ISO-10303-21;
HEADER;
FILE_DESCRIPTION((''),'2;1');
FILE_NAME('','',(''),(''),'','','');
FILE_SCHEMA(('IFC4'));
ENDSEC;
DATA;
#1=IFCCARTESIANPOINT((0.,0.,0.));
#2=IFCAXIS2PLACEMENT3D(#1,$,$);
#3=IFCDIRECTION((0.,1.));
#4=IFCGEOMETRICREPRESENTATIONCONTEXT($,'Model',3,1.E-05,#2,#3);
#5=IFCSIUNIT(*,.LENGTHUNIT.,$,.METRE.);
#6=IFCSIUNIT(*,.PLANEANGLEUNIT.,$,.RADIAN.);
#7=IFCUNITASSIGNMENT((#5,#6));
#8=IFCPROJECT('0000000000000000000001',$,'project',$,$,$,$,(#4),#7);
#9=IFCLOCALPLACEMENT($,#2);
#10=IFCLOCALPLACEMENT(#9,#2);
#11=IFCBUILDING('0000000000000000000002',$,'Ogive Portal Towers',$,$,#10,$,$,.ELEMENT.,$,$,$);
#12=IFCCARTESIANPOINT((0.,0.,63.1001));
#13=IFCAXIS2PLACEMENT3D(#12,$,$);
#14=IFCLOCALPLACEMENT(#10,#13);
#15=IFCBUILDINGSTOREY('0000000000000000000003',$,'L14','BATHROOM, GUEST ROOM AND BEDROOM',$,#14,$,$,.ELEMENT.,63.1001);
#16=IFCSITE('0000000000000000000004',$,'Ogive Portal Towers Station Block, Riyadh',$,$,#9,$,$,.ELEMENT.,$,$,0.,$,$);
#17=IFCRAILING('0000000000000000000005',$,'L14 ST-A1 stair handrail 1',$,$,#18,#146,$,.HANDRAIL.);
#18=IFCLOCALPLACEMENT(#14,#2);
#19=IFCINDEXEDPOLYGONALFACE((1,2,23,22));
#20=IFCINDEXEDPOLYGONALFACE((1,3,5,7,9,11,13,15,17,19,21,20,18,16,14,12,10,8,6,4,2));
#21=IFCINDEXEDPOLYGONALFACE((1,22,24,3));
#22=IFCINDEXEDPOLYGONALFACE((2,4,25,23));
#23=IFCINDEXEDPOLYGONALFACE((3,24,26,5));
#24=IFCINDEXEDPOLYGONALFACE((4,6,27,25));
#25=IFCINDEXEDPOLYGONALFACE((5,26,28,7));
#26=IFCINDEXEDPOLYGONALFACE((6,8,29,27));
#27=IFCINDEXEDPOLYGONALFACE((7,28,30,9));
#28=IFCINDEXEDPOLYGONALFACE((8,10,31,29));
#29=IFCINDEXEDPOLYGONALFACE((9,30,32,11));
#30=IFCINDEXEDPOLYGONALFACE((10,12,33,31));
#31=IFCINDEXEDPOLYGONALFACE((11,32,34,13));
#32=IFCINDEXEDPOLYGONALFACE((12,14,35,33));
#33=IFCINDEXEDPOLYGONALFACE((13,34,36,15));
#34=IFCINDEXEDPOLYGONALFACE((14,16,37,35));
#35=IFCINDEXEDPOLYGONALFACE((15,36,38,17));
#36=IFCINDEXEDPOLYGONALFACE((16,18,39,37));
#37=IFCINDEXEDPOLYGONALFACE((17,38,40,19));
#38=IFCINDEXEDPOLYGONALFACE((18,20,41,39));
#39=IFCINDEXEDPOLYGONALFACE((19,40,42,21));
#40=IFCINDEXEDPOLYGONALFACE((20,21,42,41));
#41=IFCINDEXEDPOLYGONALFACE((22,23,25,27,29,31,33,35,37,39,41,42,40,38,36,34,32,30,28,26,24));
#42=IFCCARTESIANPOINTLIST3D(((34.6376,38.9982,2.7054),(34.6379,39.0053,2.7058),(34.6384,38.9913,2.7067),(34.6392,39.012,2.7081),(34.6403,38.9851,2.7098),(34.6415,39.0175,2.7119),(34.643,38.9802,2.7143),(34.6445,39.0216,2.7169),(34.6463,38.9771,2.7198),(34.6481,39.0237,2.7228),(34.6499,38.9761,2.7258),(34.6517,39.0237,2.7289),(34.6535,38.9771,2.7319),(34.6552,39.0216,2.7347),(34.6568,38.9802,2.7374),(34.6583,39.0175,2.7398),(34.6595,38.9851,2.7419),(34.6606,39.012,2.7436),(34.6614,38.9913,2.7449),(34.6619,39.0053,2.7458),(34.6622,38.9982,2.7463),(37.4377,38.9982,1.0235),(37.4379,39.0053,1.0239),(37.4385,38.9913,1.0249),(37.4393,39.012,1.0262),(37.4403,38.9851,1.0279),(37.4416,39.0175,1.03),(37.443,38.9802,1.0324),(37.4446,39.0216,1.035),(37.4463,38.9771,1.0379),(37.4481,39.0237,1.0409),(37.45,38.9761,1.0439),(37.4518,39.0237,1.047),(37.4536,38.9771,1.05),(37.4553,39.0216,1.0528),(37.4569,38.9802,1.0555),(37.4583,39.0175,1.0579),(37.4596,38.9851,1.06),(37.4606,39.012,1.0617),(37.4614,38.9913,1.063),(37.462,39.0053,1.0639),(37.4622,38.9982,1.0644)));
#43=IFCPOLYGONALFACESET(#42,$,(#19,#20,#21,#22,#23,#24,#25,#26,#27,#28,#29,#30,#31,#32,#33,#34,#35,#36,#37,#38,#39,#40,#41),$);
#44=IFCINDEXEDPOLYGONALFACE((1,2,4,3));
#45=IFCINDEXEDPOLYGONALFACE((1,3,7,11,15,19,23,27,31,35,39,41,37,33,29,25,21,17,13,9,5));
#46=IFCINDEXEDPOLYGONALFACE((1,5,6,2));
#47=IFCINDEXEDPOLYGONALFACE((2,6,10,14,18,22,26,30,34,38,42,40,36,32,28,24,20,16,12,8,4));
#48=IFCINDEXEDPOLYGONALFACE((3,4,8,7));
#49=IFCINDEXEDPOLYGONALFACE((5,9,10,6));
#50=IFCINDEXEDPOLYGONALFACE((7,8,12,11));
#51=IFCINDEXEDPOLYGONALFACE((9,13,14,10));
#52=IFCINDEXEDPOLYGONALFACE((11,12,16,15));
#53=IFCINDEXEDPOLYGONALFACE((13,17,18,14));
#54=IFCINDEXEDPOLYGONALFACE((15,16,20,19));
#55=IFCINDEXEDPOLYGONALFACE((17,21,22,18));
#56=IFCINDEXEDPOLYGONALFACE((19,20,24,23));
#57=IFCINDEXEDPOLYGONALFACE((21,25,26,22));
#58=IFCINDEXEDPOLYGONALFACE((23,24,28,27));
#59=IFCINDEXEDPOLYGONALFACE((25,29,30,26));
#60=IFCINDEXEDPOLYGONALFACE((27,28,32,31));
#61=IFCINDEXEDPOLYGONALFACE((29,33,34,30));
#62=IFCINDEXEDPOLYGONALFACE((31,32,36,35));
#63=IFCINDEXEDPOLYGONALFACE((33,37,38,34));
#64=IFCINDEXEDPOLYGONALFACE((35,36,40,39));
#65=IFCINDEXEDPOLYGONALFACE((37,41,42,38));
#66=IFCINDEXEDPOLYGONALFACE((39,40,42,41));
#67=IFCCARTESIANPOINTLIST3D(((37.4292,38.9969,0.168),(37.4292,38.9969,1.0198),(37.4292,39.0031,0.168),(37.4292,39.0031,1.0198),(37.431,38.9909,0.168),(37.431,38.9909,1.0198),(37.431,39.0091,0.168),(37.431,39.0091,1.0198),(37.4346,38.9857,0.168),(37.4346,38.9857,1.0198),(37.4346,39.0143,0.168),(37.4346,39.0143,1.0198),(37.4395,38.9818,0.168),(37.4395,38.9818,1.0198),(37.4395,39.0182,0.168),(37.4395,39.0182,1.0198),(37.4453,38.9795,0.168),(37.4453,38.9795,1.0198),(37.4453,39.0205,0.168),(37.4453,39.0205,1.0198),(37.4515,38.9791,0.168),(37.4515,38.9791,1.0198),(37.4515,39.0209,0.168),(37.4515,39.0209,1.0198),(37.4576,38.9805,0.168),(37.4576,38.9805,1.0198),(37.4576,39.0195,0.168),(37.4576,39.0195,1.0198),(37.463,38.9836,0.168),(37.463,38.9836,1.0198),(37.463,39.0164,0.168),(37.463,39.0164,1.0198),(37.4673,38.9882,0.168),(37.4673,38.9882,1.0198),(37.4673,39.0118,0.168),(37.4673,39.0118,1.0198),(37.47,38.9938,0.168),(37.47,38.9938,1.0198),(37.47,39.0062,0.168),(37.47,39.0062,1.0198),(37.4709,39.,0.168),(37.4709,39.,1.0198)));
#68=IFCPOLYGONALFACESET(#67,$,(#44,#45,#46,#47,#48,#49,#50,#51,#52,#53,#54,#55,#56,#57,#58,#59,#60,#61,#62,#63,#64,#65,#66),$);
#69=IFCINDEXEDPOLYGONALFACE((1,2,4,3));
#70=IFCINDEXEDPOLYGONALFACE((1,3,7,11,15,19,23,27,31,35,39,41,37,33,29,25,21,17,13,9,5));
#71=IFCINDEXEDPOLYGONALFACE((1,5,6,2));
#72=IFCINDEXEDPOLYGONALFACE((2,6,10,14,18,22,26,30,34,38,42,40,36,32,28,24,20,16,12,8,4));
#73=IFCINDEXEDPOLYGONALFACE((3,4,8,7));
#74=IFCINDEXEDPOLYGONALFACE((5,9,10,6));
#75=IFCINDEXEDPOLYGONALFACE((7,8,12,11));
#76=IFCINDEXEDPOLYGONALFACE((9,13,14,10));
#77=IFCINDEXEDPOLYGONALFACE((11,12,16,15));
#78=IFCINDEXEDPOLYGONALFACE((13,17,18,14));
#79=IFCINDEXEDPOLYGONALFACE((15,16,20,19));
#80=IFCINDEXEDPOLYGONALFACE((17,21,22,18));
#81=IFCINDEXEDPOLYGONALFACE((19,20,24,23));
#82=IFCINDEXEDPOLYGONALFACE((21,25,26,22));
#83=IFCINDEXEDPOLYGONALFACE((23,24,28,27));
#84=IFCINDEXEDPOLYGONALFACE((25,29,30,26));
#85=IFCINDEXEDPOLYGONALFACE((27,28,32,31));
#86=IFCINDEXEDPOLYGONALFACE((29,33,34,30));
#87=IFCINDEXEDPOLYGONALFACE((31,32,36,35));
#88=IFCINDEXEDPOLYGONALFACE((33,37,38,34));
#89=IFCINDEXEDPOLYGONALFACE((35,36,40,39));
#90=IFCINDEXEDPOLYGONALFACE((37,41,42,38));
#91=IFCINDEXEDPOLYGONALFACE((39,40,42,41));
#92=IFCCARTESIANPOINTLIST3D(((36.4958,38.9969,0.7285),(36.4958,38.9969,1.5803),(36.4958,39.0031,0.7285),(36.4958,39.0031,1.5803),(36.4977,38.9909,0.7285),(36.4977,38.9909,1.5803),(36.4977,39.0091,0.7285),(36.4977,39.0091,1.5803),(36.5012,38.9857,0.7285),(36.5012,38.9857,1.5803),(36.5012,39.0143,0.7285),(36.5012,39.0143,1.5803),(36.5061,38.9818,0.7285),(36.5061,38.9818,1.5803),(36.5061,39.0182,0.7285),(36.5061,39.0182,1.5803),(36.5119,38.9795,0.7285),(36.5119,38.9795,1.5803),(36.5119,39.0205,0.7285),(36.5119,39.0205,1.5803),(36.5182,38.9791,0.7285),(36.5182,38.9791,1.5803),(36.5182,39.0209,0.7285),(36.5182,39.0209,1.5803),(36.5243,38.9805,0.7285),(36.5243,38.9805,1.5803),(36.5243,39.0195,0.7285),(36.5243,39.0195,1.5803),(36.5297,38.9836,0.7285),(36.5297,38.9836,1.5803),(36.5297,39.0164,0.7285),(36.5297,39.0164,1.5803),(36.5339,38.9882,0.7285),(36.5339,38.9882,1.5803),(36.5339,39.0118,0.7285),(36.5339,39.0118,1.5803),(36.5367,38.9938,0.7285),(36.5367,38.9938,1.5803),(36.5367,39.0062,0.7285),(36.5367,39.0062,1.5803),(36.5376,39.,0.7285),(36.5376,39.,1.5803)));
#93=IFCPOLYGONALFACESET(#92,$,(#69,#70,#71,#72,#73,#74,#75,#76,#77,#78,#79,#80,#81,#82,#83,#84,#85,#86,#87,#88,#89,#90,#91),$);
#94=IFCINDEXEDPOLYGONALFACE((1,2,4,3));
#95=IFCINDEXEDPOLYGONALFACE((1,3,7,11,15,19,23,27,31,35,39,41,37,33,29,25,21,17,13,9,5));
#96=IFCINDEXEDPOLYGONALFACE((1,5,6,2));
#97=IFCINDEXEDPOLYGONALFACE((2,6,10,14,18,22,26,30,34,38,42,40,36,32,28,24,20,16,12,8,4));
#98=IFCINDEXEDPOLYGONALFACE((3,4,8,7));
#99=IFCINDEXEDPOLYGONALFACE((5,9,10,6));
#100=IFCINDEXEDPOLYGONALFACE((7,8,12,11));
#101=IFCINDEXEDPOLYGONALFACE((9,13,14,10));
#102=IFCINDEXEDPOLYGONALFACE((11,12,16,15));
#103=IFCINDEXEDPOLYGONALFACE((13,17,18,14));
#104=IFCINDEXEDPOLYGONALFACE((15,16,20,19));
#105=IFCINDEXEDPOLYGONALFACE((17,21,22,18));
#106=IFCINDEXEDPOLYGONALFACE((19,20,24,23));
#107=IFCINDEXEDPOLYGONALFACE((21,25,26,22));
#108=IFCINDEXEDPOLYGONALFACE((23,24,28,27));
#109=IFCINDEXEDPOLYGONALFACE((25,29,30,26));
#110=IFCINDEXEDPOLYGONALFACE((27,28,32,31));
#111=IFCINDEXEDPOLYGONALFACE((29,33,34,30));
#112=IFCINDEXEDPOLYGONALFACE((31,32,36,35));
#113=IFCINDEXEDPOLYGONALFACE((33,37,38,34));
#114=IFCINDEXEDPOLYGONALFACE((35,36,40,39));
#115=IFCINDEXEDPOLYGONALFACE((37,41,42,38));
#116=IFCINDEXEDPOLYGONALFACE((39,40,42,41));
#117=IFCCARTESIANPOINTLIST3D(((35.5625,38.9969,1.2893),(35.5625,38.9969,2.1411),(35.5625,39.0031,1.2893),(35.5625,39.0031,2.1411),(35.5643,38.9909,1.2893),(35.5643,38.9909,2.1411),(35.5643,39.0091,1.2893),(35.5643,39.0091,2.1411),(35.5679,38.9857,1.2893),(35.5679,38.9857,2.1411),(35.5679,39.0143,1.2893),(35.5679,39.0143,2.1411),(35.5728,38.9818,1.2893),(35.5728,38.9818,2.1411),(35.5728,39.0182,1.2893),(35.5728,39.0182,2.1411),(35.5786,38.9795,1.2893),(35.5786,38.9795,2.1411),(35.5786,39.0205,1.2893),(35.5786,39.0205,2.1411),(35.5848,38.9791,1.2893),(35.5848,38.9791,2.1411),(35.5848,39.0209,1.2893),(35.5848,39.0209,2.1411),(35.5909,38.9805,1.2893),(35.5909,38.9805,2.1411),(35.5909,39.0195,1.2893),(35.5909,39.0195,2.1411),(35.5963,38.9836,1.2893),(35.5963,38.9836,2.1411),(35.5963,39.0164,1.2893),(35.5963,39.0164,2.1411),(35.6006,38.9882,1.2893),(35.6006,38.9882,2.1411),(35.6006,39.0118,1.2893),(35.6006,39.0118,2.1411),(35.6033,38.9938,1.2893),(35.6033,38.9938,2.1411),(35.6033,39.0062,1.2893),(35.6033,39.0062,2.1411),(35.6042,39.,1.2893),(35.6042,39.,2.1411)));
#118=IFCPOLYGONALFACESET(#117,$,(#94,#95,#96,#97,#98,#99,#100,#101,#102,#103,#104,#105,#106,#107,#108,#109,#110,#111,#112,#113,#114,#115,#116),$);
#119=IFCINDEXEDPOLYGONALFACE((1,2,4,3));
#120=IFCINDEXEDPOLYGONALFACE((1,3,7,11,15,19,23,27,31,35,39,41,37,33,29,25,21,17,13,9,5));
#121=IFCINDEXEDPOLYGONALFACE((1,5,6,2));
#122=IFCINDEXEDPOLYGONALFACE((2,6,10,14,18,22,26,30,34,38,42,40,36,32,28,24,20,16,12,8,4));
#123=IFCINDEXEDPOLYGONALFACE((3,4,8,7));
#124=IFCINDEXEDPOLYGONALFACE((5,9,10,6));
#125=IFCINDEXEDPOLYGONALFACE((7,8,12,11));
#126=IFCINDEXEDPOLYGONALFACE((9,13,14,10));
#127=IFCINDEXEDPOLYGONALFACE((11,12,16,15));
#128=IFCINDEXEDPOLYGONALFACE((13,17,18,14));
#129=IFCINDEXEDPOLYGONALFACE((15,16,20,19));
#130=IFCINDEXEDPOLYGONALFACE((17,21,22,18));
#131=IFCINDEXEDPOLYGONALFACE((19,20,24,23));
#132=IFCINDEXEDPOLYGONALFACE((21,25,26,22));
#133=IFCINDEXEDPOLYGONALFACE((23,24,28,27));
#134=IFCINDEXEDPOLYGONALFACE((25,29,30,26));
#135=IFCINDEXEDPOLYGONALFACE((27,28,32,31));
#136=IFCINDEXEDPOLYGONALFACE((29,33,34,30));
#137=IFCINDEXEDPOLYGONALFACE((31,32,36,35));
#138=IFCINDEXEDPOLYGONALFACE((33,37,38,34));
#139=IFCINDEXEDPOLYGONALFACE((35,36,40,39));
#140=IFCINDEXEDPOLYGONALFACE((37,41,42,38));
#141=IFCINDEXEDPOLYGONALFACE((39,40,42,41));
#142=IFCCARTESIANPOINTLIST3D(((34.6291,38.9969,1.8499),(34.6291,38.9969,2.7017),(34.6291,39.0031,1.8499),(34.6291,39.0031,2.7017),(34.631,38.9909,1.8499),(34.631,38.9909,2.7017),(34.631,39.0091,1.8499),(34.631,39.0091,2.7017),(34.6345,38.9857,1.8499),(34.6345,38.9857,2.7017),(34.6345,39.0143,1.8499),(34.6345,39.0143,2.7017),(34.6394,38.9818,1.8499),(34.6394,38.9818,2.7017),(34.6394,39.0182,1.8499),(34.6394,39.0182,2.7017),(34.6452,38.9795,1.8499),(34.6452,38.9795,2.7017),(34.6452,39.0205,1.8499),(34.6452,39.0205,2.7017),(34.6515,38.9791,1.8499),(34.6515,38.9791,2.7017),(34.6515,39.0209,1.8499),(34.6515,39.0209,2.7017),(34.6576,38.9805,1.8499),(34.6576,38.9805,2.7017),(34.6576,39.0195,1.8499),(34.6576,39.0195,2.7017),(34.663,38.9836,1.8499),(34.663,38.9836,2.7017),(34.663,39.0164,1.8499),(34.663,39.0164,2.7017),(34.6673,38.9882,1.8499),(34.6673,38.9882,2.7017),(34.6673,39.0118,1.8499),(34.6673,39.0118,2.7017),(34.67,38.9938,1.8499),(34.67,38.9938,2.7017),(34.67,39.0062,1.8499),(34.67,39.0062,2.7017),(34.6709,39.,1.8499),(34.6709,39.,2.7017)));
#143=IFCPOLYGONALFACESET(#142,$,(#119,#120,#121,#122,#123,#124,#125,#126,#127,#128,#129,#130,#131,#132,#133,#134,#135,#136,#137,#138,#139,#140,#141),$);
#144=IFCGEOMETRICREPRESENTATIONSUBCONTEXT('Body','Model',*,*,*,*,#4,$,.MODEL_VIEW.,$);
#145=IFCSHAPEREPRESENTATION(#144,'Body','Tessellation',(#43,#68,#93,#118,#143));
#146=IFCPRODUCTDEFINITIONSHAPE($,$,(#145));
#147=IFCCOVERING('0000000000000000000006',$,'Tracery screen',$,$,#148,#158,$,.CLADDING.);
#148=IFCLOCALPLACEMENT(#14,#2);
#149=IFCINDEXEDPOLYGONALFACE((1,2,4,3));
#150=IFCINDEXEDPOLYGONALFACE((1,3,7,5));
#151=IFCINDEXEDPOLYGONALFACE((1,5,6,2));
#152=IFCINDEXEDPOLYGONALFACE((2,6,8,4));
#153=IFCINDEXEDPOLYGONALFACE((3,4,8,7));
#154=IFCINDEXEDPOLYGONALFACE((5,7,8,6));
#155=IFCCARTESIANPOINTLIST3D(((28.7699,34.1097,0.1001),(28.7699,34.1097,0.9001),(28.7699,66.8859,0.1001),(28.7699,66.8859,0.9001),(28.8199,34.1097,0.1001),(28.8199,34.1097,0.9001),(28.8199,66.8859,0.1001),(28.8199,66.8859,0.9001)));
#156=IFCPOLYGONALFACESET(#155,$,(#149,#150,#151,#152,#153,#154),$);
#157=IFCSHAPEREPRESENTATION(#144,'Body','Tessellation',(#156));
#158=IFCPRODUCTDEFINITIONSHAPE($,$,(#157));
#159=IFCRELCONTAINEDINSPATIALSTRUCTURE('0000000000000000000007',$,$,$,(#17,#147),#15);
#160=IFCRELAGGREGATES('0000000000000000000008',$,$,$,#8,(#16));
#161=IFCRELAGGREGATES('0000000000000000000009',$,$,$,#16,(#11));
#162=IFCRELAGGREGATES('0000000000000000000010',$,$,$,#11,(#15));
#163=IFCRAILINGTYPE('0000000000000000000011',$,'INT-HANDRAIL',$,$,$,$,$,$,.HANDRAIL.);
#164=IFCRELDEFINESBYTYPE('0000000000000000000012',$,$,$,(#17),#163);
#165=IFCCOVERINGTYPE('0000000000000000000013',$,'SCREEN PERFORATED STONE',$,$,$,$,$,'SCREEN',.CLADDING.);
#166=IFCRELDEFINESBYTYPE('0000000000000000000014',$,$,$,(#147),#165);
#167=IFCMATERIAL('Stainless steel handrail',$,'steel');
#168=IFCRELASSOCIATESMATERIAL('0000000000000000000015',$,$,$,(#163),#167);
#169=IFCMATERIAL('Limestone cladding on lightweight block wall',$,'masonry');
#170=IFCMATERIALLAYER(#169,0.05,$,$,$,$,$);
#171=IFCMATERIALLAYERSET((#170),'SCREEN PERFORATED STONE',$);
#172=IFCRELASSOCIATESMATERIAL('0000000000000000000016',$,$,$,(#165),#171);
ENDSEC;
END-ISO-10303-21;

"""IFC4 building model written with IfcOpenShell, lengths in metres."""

from ifc_helpers import new_model, si_unit, direction, frame, origin, origin_2d, place, context, subcontext, project, spatial, rectangle, circle, extrude, material, layer, layer_set, type_object, element, save


model = new_model("IFC4")

# Units and contexts
model_context = context("Model", 3, precision=1e-05, world=origin(), true_north=direction((0.0, 1.0)))
body_context = subcontext(model_context, "Body", "Model", "MODEL_VIEW")
ifc_project = project(units=[si_unit("LENGTHUNIT", "METRE"), si_unit("PLANEANGLEUNIT", "RADIAN")], contexts=[model_context])

# Site, building, storey
site_placement = place(None, origin())
site = spatial("IfcSite", under=ifc_project, at=site_placement, Name="Ogive Portal Towers Station Block, Riyadh", CompositionType="ELEMENT", RefElevation=0.0)
building_placement = place(site_placement, origin())
building = spatial("IfcBuilding", under=site, at=building_placement, Name="Ogive Portal Towers", CompositionType="ELEMENT")
storey_placement = place(building_placement, frame((0.0, 0.0, 63.1001)))
storey = spatial("IfcBuildingStorey", under=building, at=storey_placement, Name="L14", Description="BATHROOM, GUEST ROOM AND BEDROOM", CompositionType="ELEMENT", Elevation=63.1001)

# Railing
ifc_material_1 = material(Name="Stainless steel handrail", Category="steel")
railing_type_1 = type_object("IfcRailingType", Name="INT-HANDRAIL", PredefinedType="HANDRAIL", material=ifc_material_1)
railing_1_placement = place(storey_placement, frame((37.45, 39.0, 0.168)))
element("IfcRailing", 1, at=railing_1_placement, inside=storey, type_object=railing_type_1, Name="L14 ST-A1 stair handrail 1", PredefinedType="HANDRAIL", context=body_context, shape_type="SweptSolid", body=[
    extrude(circle(Radius=0.0239, at=origin_2d()), frame((0.0, 0.0, 0.876), z_axis=(-0.857242, 0.0, 0.514913), x_axis=(0.0, -1.0, 0.0)), (0.0, 0.0, 1.0), 3.2664),
    extrude(circle(Radius=0.021, at=origin_2d()), origin(), (0.0, 0.0, 1.0), 0.8518),
    extrude(circle(Radius=0.021, at=origin_2d()), frame((-0.9333, 0.0, 0.5605)), (0.0, 0.0, 1.0), 0.8518),
    extrude(circle(Radius=0.021, at=origin_2d()), frame((-1.8667, 0.0, 1.1213)), (0.0, 0.0, 1.0), 0.8518),
    extrude(circle(Radius=0.021, at=origin_2d()), frame((-2.8, 0.0, 1.6819)), (0.0, 0.0, 1.0), 0.8518),
])

# Covering
ifc_material_2 = material(Name="Limestone cladding on lightweight block wall", Category="masonry")
ifc_layer_1 = layer(ifc_material_2, 0.05)
ifc_layer_set_1 = layer_set([ifc_layer_1], Name="SCREEN PERFORATED STONE")
covering_type = type_object("IfcCoveringType", Name="SCREEN PERFORATED STONE", ElementType="SCREEN", PredefinedType="CLADDING", material=ifc_layer_set_1)
covering_placement = place(storey_placement, frame((28.7949, 50.4978, 0.1001), z_axis=(0.0, 0.0, 1.0), x_axis=(0.0, -1.0, 0.0)))
element("IfcCovering", 2, at=covering_placement, inside=storey, type_object=covering_type, Name="Tracery screen", PredefinedType="CLADDING", context=body_context, shape_type="SweptSolid", body=[
    extrude(rectangle(XDim=32.7761, YDim=0.05, at=origin_2d()), origin(), (0.0, 0.0, 1.0), 0.8),
])

save(model, "model.ifc")
